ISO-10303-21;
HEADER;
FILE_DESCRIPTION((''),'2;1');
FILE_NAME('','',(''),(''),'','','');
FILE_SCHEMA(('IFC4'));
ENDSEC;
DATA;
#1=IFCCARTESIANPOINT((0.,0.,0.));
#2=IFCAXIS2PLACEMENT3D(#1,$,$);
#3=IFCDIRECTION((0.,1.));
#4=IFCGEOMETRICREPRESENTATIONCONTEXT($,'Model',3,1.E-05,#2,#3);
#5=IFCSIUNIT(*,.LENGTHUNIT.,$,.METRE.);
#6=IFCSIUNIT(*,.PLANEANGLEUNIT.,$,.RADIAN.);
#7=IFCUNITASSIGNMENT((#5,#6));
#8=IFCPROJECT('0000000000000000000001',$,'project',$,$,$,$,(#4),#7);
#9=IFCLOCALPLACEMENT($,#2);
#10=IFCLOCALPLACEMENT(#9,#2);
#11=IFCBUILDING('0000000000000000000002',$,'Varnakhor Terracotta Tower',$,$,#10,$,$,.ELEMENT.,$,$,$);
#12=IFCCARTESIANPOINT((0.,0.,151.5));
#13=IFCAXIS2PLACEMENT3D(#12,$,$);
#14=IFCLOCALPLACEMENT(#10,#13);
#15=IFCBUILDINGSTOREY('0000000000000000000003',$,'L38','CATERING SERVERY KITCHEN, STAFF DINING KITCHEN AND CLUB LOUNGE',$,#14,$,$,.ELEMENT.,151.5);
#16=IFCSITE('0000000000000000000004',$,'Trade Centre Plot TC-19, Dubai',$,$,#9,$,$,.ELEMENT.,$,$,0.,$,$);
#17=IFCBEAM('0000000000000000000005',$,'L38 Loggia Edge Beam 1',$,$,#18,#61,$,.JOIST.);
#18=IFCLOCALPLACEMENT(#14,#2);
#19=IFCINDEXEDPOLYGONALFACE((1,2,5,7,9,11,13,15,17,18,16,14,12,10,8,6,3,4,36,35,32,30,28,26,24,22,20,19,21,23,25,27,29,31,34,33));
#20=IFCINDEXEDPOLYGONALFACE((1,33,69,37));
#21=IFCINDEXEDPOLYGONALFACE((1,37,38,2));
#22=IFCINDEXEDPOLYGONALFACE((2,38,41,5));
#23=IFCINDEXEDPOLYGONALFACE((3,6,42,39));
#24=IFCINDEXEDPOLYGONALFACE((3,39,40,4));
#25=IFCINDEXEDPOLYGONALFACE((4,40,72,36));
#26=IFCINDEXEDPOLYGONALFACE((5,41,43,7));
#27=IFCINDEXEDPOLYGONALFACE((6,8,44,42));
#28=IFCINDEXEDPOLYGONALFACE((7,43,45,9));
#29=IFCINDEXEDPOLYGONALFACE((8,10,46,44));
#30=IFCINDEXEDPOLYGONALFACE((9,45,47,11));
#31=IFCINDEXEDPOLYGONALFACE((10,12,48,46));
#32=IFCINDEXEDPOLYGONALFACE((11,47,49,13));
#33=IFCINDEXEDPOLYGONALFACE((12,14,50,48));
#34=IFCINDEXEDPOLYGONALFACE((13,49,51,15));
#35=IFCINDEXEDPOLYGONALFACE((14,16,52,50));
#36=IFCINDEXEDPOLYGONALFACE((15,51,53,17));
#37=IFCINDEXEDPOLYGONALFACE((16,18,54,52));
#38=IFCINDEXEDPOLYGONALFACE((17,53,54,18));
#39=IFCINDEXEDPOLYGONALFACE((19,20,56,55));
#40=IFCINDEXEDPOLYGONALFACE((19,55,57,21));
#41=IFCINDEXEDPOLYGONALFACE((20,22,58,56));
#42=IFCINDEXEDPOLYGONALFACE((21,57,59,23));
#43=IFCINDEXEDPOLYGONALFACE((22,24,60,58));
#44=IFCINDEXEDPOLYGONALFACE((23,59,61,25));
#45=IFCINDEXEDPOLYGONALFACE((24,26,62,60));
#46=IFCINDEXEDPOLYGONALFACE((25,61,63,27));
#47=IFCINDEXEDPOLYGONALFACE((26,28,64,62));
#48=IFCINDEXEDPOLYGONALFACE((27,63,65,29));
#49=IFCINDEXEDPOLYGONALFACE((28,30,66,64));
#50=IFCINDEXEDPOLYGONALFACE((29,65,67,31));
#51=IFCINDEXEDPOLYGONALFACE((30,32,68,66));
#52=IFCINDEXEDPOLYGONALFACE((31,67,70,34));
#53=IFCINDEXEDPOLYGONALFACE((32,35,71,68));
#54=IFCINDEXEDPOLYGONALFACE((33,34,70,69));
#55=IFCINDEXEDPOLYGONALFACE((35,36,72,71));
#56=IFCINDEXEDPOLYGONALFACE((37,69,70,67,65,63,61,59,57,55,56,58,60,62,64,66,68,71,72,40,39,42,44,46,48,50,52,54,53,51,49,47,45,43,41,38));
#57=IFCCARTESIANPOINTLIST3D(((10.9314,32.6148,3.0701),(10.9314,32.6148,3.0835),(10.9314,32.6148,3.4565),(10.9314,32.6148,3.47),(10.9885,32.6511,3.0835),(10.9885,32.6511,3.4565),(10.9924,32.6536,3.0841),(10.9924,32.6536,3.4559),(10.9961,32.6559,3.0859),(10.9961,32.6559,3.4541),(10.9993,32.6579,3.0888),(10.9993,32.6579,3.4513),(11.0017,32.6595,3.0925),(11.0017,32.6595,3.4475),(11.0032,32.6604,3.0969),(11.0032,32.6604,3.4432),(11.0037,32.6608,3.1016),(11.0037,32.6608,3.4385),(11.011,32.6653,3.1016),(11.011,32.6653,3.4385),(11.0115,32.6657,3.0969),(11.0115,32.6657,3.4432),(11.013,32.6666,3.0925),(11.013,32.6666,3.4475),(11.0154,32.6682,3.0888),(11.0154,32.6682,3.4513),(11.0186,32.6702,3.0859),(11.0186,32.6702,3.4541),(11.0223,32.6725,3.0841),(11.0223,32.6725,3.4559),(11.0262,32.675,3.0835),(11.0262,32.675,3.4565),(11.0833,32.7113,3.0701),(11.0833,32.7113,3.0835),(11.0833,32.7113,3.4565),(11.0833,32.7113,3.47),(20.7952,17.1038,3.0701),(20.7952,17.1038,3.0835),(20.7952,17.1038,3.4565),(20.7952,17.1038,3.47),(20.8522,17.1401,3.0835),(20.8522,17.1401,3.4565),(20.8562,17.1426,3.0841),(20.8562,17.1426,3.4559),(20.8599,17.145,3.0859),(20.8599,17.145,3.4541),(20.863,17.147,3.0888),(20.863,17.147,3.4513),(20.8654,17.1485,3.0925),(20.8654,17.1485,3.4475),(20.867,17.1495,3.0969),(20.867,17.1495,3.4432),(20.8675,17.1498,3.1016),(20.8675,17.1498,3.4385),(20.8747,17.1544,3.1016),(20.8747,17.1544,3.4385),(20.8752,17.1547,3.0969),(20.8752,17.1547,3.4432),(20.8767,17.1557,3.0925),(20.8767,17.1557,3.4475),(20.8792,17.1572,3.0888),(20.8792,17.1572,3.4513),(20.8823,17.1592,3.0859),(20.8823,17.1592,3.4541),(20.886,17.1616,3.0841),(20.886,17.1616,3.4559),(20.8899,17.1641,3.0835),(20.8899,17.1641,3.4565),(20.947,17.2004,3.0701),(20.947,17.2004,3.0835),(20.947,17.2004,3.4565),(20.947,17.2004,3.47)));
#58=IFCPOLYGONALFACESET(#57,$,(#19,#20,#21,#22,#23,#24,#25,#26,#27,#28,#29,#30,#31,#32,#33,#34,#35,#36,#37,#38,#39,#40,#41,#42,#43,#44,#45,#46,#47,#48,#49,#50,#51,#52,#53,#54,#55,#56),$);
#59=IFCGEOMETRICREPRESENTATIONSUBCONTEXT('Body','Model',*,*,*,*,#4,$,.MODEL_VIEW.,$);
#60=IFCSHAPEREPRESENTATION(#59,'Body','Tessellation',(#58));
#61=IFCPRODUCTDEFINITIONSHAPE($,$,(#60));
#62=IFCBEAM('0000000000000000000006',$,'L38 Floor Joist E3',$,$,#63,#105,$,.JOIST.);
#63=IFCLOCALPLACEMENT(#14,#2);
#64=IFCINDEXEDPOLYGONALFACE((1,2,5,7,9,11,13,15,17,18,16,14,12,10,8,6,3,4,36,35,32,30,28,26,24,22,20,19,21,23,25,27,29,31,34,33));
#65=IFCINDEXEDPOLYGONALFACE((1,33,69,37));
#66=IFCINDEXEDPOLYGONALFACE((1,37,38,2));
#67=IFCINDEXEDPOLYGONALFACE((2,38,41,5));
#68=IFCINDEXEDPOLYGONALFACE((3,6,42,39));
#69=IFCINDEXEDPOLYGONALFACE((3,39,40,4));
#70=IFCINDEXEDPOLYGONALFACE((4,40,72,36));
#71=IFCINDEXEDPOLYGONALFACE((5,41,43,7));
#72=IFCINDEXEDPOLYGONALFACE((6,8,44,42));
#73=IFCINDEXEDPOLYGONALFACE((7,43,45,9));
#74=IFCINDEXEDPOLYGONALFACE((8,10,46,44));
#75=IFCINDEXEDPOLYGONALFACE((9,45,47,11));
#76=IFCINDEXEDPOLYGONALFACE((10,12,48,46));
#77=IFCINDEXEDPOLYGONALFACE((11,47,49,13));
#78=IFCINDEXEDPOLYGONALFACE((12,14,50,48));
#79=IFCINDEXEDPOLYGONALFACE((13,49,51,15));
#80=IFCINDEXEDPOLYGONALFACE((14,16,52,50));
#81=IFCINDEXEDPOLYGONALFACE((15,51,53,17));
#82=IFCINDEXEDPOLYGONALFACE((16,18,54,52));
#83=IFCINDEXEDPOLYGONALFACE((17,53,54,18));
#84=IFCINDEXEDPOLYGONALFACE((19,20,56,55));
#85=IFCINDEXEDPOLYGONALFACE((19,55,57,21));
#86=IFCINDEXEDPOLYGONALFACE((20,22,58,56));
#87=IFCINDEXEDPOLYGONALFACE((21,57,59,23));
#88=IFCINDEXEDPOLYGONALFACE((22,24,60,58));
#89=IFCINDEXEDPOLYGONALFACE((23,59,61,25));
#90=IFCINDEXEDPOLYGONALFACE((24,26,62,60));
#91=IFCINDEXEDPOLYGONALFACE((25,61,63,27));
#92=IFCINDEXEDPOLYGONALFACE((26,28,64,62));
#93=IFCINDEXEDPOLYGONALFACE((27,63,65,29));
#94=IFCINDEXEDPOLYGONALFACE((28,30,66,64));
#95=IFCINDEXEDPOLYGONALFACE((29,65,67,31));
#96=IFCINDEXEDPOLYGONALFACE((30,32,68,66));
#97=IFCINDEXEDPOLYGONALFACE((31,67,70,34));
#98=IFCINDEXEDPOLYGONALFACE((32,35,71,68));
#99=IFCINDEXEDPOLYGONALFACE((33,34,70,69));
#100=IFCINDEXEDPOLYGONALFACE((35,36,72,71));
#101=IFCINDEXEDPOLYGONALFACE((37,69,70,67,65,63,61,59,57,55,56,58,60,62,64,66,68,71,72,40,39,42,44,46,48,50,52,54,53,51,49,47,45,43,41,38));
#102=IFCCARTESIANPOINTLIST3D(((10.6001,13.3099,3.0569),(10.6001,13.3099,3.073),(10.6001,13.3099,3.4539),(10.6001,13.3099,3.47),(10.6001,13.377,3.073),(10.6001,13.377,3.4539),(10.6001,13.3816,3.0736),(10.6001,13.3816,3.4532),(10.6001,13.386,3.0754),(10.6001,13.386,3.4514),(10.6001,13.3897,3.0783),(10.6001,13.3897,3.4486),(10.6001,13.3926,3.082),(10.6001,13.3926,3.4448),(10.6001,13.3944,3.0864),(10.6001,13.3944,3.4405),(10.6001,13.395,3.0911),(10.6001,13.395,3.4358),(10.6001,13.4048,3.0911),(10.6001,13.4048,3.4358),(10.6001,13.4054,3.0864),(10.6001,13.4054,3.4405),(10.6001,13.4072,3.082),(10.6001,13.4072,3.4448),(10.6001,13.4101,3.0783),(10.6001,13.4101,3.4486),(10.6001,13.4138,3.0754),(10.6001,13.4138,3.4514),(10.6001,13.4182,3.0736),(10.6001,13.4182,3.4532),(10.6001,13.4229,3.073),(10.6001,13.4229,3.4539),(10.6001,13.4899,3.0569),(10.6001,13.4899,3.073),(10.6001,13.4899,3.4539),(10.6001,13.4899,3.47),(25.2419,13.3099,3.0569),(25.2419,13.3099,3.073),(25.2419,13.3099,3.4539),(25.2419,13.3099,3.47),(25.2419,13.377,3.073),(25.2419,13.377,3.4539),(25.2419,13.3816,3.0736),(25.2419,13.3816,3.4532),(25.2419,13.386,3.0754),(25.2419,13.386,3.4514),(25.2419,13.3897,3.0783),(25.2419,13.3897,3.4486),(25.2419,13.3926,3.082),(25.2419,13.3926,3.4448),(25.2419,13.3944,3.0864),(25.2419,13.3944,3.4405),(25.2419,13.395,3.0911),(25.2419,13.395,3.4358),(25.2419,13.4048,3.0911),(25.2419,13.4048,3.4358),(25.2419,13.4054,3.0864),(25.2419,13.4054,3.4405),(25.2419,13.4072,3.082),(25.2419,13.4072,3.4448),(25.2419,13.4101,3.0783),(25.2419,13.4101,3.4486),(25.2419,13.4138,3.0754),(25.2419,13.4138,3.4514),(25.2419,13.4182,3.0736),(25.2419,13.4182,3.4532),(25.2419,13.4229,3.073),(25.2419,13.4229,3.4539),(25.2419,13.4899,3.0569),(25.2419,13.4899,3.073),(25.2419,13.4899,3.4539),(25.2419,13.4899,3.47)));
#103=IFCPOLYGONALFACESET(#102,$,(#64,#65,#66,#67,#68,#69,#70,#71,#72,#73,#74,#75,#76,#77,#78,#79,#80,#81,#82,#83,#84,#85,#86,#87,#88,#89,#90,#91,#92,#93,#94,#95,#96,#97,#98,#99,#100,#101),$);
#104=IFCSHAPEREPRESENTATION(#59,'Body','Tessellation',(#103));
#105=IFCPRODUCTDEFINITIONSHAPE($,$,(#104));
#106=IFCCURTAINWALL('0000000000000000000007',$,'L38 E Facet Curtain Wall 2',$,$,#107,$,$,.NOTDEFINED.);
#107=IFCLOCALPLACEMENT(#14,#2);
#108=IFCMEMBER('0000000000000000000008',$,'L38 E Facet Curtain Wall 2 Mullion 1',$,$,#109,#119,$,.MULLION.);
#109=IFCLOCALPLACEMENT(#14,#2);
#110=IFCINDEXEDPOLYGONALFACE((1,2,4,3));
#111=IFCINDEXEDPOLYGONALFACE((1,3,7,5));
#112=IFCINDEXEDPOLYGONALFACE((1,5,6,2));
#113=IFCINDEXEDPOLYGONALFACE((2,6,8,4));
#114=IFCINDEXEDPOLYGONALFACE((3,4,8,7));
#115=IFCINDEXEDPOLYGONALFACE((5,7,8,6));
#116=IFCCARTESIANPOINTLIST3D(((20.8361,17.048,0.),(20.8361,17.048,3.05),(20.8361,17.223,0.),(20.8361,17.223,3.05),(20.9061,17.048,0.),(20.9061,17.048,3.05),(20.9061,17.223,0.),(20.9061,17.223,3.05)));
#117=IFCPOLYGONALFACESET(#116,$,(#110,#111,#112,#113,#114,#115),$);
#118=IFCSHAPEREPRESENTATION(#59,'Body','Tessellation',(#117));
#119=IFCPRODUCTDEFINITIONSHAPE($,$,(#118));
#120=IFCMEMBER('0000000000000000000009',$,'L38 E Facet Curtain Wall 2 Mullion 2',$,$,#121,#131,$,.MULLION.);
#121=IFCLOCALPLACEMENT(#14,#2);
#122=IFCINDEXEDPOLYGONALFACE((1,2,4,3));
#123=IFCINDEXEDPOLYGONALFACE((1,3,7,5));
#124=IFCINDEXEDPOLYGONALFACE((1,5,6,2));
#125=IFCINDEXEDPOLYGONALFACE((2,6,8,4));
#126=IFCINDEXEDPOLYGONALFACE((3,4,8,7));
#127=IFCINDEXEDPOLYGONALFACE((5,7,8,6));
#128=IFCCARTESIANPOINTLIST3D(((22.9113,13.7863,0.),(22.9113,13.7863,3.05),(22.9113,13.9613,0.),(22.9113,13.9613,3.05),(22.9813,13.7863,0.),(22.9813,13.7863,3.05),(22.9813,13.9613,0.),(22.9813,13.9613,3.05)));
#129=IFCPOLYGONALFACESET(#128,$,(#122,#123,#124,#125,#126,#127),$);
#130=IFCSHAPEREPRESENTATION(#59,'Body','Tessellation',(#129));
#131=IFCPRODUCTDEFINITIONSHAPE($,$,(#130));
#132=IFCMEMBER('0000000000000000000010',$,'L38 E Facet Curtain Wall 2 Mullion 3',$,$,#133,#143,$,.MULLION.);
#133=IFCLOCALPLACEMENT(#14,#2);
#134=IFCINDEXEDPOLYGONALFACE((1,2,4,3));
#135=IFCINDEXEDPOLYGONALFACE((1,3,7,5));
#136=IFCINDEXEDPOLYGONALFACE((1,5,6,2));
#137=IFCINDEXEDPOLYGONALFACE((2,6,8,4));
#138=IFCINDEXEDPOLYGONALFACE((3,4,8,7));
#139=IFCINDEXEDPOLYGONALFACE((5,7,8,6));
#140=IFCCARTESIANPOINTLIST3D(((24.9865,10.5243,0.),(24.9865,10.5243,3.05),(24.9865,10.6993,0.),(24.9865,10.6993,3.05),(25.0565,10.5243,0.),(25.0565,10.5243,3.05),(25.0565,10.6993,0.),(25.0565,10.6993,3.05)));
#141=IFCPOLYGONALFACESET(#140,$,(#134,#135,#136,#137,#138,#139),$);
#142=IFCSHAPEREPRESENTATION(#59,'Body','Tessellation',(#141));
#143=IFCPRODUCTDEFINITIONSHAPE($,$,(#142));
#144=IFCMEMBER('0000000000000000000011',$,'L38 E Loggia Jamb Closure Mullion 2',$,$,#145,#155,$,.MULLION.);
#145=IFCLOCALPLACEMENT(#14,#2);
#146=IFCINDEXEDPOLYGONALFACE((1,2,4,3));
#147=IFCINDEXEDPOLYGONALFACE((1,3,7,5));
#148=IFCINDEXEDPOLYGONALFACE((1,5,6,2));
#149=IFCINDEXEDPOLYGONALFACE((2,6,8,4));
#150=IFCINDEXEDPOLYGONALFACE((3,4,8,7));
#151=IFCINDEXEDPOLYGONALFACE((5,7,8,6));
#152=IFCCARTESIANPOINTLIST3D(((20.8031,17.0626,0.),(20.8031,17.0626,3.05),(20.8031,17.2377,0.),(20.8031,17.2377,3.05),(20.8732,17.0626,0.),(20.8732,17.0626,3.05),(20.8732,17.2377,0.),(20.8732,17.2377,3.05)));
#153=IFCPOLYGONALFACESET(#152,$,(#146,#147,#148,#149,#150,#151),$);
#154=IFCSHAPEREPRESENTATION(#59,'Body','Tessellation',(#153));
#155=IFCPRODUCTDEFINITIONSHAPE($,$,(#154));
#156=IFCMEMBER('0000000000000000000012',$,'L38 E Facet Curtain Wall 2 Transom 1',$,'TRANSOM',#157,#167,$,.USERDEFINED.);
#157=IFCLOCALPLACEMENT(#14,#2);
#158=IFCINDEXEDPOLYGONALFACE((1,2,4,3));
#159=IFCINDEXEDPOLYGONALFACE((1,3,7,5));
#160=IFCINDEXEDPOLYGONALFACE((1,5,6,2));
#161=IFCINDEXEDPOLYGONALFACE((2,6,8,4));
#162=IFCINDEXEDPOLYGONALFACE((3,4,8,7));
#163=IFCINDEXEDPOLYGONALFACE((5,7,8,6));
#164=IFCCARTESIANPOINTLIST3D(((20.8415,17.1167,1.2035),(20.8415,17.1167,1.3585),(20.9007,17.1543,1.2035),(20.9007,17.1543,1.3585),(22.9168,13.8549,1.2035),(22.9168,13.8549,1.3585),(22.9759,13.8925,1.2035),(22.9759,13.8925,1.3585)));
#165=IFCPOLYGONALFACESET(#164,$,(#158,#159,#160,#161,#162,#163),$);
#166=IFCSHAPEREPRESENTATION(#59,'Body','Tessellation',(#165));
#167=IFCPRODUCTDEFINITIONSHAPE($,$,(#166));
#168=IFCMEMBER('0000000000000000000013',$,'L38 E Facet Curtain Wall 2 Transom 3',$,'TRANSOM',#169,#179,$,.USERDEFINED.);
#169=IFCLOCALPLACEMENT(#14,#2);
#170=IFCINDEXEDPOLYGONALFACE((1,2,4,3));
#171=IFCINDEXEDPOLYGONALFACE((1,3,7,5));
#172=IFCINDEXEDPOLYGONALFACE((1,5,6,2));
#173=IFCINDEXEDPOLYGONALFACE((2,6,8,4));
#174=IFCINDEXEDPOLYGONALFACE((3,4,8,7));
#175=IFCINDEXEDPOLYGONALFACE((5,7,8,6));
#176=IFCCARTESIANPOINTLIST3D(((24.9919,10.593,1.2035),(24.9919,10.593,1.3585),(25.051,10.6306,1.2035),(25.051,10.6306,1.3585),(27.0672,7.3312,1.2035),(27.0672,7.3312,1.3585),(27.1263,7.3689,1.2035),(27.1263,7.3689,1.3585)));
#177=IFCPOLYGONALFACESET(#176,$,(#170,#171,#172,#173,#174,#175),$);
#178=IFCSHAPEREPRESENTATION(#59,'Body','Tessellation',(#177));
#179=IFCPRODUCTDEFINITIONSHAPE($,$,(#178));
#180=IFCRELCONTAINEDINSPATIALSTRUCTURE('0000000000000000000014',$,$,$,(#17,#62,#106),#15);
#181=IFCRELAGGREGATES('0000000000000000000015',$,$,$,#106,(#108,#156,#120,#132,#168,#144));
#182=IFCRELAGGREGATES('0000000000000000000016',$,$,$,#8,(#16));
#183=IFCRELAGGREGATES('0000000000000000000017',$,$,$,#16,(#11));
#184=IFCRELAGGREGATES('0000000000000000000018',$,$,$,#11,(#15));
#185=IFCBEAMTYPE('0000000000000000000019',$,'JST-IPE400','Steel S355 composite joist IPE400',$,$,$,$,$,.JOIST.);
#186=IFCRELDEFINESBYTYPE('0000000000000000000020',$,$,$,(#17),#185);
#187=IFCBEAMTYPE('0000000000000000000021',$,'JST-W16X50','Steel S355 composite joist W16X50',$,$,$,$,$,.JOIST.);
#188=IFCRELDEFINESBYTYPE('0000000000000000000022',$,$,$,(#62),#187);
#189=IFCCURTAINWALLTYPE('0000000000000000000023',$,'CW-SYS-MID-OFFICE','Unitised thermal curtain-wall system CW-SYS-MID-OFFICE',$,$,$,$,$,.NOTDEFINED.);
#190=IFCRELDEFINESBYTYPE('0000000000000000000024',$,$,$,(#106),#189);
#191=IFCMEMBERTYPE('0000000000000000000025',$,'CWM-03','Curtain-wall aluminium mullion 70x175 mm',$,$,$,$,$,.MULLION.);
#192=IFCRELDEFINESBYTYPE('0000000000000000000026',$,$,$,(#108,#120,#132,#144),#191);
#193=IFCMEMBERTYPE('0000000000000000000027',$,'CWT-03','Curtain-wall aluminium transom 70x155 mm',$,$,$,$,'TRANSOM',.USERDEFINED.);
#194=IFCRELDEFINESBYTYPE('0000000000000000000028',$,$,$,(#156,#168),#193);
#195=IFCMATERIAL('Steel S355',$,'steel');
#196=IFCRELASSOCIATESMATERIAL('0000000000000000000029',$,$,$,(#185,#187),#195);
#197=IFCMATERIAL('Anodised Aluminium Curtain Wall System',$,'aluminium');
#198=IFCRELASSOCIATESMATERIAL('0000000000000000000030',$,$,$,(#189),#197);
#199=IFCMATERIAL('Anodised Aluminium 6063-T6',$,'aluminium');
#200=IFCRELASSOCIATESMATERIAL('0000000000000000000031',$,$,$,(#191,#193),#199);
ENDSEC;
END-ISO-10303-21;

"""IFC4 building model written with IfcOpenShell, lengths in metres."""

from ifc_helpers import new_model, si_unit, direction, frame, origin, origin_2d, place, context, subcontext, project, spatial, rectangle, i_section, extrude, source, transform, mapped, material, material_profile, profile_set, type_object, element, aggregate, save


model = new_model("IFC4")

# Units and contexts
model_context = context("Model", 3, precision=1e-05, world=origin(), true_north=direction((0.0, 1.0)))
body_context = subcontext(model_context, "Body", "Model", "MODEL_VIEW")
ifc_project = project(units=[si_unit("LENGTHUNIT", "METRE"), si_unit("PLANEANGLEUNIT", "RADIAN")], contexts=[model_context])

# Site, building, storey
site_placement = place(None, origin())
site = spatial("IfcSite", under=ifc_project, at=site_placement, Name="Trade Centre Plot TC-19, Dubai", CompositionType="ELEMENT", RefElevation=0.0)
building_placement = place(site_placement, origin())
building = spatial("IfcBuilding", under=site, at=building_placement, Name="Varnakhor Terracotta Tower", CompositionType="ELEMENT")
storey_placement = place(building_placement, frame((0.0, 0.0, 151.5)))
storey = spatial("IfcBuildingStorey", under=building, at=storey_placement, Name="L38", Description="CATERING SERVERY KITCHEN, STAFF DINING KITCHEN AND CLUB LOUNGE", CompositionType="ELEMENT", Elevation=151.5)

# Beams
ifc_material_1 = material(Name="Steel S355", Category="steel")
ifc_material_profile_1 = material_profile(ifc_material_1, i_section(OverallWidth=0.1799, OverallDepth=0.3999, WebThickness=0.0085, FlangeThickness=0.0134, FilletRadius=0.0181, at=origin_2d()), Name="IPE400")
ifc_profile_set_1 = profile_set([ifc_material_profile_1], Name="Steel S355")
beam_type_1 = type_object("IfcBeamType", Name="JST-IPE400", Description="Steel S355 composite joist IPE400", PredefinedType="JOIST", material=ifc_profile_set_1)
shared_shape_1 = source(origin(), body_context, "Body", "SweptSolid", [
    extrude(i_section(OverallWidth=0.1799, OverallDepth=0.3999, WebThickness=0.0085, FlangeThickness=0.0134, FilletRadius=0.0181, at=origin_2d()), origin(), (0.0, 0.0, 1.0), 18.3816),
])
beam_1_placement = place(storey_placement, frame((20.8711, 17.1521, 3.27), z_axis=(-0.53661, 0.84383, 0.0), x_axis=(-0.84383, -0.53661, 0.0)))
element("IfcBeam", 1, at=beam_1_placement, inside=storey, type_object=beam_type_1, Name="L38 Loggia Edge Beam 1", PredefinedType="JOIST", context=body_context, shape_type="MappedRepresentation", body=[
    mapped(shared_shape_1, transform((0.0, 0.0, 0.0), scale=1.0)),
])
ifc_material_profile_2 = material_profile(ifc_material_1, i_section(OverallWidth=0.1799, OverallDepth=0.4131, WebThickness=0.0098, FlangeThickness=0.0161, FilletRadius=0.0181, at=origin_2d()), Name="W16X50")
ifc_profile_set_2 = profile_set([ifc_material_profile_2], Name="Steel S355")
beam_type_2 = type_object("IfcBeamType", Name="JST-W16X50", Description="Steel S355 composite joist W16X50", PredefinedType="JOIST", material=ifc_profile_set_2)
shared_shape_2 = source(origin(), body_context, "Body", "SweptSolid", [
    extrude(i_section(OverallWidth=0.1799, OverallDepth=0.4131, WebThickness=0.0098, FlangeThickness=0.0161, FilletRadius=0.0181, at=origin_2d()), origin(), (0.0, 0.0, 1.0), 14.6418),
])
beam_2_placement = place(storey_placement, frame((10.6001, 13.3999, 3.2634), z_axis=(1.0, 0.0, 0.0), x_axis=(0.0, 1.0, 0.0)))
element("IfcBeam", 2, at=beam_2_placement, inside=storey, type_object=beam_type_2, Name="L38 Floor Joist E3", PredefinedType="JOIST", context=body_context, shape_type="MappedRepresentation", body=[
    mapped(shared_shape_2, transform((0.0, 0.0, 0.0), scale=1.0)),
])

# Curtain wall, members
ifc_material_2 = material(Name="Anodised Aluminium Curtain Wall System", Category="aluminium")
curtain_wall_type = type_object("IfcCurtainWallType", Name="CW-SYS-MID-OFFICE", Description="Unitised thermal curtain-wall system CW-SYS-MID-OFFICE", PredefinedType="NOTDEFINED", material=ifc_material_2)
curtain_wall_placement = place(storey_placement, origin())
curtain_wall = element("IfcCurtainWall", 3, at=curtain_wall_placement, inside=storey, type_object=curtain_wall_type, Name="L38 E Facet Curtain Wall 2", PredefinedType="NOTDEFINED")
ifc_material_3 = material(Name="Anodised Aluminium 6063-T6", Category="aluminium")
ifc_material_profile_3 = material_profile(ifc_material_3, rectangle(XDim=0.0701, YDim=0.175, at=origin_2d()), Name="ALU MULLION 70x175")
ifc_profile_set_3 = profile_set([ifc_material_profile_3], Name="Anodised Aluminium 6063-T6")
member_type_1 = type_object("IfcMemberType", Name="CWM-03", Description="Curtain-wall aluminium mullion 70x175 mm", PredefinedType="MULLION", material=ifc_profile_set_3)
shared_shape_3 = source(origin(), body_context, "Body", "SweptSolid", [
    extrude(rectangle(XDim=0.0701, YDim=0.175, at=origin_2d()), origin(), (0.0, 0.0, 1.0), 3.05),
])
member_1_placement = place(storey_placement, frame((20.8711, 17.1355, 0.0), z_axis=(0.0, 0.0, 1.0), x_axis=(1.0, 0.0, 0.0)))
member_1 = element("IfcMember", 4, at=member_1_placement, type_object=member_type_1, Name="L38 E Facet Curtain Wall 2 Mullion 1", PredefinedType="MULLION", context=body_context, shape_type="MappedRepresentation", body=[
    mapped(shared_shape_3, transform((0.0, 0.0, 0.0), scale=1.0)),
])
member_2_placement = place(storey_placement, frame((22.9463, 13.8738, 0.0), z_axis=(0.0, 0.0, 1.0), x_axis=(1.0, 0.0, 0.0)))
member_2 = element("IfcMember", 5, at=member_2_placement, type_object=member_type_1, Name="L38 E Facet Curtain Wall 2 Mullion 2", PredefinedType="MULLION", context=body_context, shape_type="MappedRepresentation", body=[
    mapped(shared_shape_3, transform((0.0, 0.0, 0.0), scale=1.0)),
])
member_3_placement = place(storey_placement, frame((25.0215, 10.6118, 0.0), z_axis=(0.0, 0.0, 1.0), x_axis=(1.0, 0.0, 0.0)))
member_3 = element("IfcMember", 6, at=member_3_placement, type_object=member_type_1, Name="L38 E Facet Curtain Wall 2 Mullion 3", PredefinedType="MULLION", context=body_context, shape_type="MappedRepresentation", body=[
    mapped(shared_shape_3, transform((0.0, 0.0, 0.0), scale=1.0)),
])
member_4_placement = place(storey_placement, frame((20.8381, 17.1501, 0.0), z_axis=(0.0, 0.0, 1.0), x_axis=(1.0, 0.0, 0.0)))
member_4 = element("IfcMember", 7, at=member_4_placement, type_object=member_type_1, Name="L38 E Loggia Jamb Closure Mullion 2", PredefinedType="MULLION", context=body_context, shape_type="MappedRepresentation", body=[
    mapped(shared_shape_3, transform((0.0, 0.0, 0.0), scale=1.0)),
])
ifc_material_profile_4 = material_profile(ifc_material_3, rectangle(XDim=0.0701, YDim=0.155, at=origin_2d()), Name="ALU TRANSOM 70x155")
ifc_profile_set_4 = profile_set([ifc_material_profile_4], Name="Anodised Aluminium 6063-T6")
member_type_2 = type_object("IfcMemberType", Name="CWT-03", Description="Curtain-wall aluminium transom 70x155 mm", ElementType="TRANSOM", PredefinedType="USERDEFINED", material=ifc_profile_set_4)
shared_shape_4 = source(origin(), body_context, "Body", "SweptSolid", [
    extrude(rectangle(XDim=0.0701, YDim=0.155, at=origin_2d()), origin(), (0.0, 0.0, 1.0), 3.866),
])
member_5_placement = place(storey_placement, frame((20.8711, 17.1355, 1.281), z_axis=(0.536794, -0.843713, 0.0), x_axis=(0.843713, 0.536794, 0.0)))
member_5 = element("IfcMember", 8, at=member_5_placement, type_object=member_type_2, Name="L38 E Facet Curtain Wall 2 Transom 1", ObjectType="TRANSOM", PredefinedType="USERDEFINED", context=body_context, shape_type="MappedRepresentation", body=[
    mapped(shared_shape_4, transform((0.0, 0.0, 0.0), scale=1.0)),
])
member_6_placement = place(storey_placement, frame((25.0215, 10.6118, 1.281), z_axis=(0.536794, -0.843713, 0.0), x_axis=(0.843713, 0.536794, 0.0)))
member_6 = element("IfcMember", 9, at=member_6_placement, type_object=member_type_2, Name="L38 E Facet Curtain Wall 2 Transom 3", ObjectType="TRANSOM", PredefinedType="USERDEFINED", context=body_context, shape_type="MappedRepresentation", body=[
    mapped(shared_shape_4, transform((0.0, 0.0, 0.0), scale=1.0)),
])

aggregate(curtain_wall, [member_1, member_5, member_2, member_3, member_6, member_4])

save(model, "model.ifc")
